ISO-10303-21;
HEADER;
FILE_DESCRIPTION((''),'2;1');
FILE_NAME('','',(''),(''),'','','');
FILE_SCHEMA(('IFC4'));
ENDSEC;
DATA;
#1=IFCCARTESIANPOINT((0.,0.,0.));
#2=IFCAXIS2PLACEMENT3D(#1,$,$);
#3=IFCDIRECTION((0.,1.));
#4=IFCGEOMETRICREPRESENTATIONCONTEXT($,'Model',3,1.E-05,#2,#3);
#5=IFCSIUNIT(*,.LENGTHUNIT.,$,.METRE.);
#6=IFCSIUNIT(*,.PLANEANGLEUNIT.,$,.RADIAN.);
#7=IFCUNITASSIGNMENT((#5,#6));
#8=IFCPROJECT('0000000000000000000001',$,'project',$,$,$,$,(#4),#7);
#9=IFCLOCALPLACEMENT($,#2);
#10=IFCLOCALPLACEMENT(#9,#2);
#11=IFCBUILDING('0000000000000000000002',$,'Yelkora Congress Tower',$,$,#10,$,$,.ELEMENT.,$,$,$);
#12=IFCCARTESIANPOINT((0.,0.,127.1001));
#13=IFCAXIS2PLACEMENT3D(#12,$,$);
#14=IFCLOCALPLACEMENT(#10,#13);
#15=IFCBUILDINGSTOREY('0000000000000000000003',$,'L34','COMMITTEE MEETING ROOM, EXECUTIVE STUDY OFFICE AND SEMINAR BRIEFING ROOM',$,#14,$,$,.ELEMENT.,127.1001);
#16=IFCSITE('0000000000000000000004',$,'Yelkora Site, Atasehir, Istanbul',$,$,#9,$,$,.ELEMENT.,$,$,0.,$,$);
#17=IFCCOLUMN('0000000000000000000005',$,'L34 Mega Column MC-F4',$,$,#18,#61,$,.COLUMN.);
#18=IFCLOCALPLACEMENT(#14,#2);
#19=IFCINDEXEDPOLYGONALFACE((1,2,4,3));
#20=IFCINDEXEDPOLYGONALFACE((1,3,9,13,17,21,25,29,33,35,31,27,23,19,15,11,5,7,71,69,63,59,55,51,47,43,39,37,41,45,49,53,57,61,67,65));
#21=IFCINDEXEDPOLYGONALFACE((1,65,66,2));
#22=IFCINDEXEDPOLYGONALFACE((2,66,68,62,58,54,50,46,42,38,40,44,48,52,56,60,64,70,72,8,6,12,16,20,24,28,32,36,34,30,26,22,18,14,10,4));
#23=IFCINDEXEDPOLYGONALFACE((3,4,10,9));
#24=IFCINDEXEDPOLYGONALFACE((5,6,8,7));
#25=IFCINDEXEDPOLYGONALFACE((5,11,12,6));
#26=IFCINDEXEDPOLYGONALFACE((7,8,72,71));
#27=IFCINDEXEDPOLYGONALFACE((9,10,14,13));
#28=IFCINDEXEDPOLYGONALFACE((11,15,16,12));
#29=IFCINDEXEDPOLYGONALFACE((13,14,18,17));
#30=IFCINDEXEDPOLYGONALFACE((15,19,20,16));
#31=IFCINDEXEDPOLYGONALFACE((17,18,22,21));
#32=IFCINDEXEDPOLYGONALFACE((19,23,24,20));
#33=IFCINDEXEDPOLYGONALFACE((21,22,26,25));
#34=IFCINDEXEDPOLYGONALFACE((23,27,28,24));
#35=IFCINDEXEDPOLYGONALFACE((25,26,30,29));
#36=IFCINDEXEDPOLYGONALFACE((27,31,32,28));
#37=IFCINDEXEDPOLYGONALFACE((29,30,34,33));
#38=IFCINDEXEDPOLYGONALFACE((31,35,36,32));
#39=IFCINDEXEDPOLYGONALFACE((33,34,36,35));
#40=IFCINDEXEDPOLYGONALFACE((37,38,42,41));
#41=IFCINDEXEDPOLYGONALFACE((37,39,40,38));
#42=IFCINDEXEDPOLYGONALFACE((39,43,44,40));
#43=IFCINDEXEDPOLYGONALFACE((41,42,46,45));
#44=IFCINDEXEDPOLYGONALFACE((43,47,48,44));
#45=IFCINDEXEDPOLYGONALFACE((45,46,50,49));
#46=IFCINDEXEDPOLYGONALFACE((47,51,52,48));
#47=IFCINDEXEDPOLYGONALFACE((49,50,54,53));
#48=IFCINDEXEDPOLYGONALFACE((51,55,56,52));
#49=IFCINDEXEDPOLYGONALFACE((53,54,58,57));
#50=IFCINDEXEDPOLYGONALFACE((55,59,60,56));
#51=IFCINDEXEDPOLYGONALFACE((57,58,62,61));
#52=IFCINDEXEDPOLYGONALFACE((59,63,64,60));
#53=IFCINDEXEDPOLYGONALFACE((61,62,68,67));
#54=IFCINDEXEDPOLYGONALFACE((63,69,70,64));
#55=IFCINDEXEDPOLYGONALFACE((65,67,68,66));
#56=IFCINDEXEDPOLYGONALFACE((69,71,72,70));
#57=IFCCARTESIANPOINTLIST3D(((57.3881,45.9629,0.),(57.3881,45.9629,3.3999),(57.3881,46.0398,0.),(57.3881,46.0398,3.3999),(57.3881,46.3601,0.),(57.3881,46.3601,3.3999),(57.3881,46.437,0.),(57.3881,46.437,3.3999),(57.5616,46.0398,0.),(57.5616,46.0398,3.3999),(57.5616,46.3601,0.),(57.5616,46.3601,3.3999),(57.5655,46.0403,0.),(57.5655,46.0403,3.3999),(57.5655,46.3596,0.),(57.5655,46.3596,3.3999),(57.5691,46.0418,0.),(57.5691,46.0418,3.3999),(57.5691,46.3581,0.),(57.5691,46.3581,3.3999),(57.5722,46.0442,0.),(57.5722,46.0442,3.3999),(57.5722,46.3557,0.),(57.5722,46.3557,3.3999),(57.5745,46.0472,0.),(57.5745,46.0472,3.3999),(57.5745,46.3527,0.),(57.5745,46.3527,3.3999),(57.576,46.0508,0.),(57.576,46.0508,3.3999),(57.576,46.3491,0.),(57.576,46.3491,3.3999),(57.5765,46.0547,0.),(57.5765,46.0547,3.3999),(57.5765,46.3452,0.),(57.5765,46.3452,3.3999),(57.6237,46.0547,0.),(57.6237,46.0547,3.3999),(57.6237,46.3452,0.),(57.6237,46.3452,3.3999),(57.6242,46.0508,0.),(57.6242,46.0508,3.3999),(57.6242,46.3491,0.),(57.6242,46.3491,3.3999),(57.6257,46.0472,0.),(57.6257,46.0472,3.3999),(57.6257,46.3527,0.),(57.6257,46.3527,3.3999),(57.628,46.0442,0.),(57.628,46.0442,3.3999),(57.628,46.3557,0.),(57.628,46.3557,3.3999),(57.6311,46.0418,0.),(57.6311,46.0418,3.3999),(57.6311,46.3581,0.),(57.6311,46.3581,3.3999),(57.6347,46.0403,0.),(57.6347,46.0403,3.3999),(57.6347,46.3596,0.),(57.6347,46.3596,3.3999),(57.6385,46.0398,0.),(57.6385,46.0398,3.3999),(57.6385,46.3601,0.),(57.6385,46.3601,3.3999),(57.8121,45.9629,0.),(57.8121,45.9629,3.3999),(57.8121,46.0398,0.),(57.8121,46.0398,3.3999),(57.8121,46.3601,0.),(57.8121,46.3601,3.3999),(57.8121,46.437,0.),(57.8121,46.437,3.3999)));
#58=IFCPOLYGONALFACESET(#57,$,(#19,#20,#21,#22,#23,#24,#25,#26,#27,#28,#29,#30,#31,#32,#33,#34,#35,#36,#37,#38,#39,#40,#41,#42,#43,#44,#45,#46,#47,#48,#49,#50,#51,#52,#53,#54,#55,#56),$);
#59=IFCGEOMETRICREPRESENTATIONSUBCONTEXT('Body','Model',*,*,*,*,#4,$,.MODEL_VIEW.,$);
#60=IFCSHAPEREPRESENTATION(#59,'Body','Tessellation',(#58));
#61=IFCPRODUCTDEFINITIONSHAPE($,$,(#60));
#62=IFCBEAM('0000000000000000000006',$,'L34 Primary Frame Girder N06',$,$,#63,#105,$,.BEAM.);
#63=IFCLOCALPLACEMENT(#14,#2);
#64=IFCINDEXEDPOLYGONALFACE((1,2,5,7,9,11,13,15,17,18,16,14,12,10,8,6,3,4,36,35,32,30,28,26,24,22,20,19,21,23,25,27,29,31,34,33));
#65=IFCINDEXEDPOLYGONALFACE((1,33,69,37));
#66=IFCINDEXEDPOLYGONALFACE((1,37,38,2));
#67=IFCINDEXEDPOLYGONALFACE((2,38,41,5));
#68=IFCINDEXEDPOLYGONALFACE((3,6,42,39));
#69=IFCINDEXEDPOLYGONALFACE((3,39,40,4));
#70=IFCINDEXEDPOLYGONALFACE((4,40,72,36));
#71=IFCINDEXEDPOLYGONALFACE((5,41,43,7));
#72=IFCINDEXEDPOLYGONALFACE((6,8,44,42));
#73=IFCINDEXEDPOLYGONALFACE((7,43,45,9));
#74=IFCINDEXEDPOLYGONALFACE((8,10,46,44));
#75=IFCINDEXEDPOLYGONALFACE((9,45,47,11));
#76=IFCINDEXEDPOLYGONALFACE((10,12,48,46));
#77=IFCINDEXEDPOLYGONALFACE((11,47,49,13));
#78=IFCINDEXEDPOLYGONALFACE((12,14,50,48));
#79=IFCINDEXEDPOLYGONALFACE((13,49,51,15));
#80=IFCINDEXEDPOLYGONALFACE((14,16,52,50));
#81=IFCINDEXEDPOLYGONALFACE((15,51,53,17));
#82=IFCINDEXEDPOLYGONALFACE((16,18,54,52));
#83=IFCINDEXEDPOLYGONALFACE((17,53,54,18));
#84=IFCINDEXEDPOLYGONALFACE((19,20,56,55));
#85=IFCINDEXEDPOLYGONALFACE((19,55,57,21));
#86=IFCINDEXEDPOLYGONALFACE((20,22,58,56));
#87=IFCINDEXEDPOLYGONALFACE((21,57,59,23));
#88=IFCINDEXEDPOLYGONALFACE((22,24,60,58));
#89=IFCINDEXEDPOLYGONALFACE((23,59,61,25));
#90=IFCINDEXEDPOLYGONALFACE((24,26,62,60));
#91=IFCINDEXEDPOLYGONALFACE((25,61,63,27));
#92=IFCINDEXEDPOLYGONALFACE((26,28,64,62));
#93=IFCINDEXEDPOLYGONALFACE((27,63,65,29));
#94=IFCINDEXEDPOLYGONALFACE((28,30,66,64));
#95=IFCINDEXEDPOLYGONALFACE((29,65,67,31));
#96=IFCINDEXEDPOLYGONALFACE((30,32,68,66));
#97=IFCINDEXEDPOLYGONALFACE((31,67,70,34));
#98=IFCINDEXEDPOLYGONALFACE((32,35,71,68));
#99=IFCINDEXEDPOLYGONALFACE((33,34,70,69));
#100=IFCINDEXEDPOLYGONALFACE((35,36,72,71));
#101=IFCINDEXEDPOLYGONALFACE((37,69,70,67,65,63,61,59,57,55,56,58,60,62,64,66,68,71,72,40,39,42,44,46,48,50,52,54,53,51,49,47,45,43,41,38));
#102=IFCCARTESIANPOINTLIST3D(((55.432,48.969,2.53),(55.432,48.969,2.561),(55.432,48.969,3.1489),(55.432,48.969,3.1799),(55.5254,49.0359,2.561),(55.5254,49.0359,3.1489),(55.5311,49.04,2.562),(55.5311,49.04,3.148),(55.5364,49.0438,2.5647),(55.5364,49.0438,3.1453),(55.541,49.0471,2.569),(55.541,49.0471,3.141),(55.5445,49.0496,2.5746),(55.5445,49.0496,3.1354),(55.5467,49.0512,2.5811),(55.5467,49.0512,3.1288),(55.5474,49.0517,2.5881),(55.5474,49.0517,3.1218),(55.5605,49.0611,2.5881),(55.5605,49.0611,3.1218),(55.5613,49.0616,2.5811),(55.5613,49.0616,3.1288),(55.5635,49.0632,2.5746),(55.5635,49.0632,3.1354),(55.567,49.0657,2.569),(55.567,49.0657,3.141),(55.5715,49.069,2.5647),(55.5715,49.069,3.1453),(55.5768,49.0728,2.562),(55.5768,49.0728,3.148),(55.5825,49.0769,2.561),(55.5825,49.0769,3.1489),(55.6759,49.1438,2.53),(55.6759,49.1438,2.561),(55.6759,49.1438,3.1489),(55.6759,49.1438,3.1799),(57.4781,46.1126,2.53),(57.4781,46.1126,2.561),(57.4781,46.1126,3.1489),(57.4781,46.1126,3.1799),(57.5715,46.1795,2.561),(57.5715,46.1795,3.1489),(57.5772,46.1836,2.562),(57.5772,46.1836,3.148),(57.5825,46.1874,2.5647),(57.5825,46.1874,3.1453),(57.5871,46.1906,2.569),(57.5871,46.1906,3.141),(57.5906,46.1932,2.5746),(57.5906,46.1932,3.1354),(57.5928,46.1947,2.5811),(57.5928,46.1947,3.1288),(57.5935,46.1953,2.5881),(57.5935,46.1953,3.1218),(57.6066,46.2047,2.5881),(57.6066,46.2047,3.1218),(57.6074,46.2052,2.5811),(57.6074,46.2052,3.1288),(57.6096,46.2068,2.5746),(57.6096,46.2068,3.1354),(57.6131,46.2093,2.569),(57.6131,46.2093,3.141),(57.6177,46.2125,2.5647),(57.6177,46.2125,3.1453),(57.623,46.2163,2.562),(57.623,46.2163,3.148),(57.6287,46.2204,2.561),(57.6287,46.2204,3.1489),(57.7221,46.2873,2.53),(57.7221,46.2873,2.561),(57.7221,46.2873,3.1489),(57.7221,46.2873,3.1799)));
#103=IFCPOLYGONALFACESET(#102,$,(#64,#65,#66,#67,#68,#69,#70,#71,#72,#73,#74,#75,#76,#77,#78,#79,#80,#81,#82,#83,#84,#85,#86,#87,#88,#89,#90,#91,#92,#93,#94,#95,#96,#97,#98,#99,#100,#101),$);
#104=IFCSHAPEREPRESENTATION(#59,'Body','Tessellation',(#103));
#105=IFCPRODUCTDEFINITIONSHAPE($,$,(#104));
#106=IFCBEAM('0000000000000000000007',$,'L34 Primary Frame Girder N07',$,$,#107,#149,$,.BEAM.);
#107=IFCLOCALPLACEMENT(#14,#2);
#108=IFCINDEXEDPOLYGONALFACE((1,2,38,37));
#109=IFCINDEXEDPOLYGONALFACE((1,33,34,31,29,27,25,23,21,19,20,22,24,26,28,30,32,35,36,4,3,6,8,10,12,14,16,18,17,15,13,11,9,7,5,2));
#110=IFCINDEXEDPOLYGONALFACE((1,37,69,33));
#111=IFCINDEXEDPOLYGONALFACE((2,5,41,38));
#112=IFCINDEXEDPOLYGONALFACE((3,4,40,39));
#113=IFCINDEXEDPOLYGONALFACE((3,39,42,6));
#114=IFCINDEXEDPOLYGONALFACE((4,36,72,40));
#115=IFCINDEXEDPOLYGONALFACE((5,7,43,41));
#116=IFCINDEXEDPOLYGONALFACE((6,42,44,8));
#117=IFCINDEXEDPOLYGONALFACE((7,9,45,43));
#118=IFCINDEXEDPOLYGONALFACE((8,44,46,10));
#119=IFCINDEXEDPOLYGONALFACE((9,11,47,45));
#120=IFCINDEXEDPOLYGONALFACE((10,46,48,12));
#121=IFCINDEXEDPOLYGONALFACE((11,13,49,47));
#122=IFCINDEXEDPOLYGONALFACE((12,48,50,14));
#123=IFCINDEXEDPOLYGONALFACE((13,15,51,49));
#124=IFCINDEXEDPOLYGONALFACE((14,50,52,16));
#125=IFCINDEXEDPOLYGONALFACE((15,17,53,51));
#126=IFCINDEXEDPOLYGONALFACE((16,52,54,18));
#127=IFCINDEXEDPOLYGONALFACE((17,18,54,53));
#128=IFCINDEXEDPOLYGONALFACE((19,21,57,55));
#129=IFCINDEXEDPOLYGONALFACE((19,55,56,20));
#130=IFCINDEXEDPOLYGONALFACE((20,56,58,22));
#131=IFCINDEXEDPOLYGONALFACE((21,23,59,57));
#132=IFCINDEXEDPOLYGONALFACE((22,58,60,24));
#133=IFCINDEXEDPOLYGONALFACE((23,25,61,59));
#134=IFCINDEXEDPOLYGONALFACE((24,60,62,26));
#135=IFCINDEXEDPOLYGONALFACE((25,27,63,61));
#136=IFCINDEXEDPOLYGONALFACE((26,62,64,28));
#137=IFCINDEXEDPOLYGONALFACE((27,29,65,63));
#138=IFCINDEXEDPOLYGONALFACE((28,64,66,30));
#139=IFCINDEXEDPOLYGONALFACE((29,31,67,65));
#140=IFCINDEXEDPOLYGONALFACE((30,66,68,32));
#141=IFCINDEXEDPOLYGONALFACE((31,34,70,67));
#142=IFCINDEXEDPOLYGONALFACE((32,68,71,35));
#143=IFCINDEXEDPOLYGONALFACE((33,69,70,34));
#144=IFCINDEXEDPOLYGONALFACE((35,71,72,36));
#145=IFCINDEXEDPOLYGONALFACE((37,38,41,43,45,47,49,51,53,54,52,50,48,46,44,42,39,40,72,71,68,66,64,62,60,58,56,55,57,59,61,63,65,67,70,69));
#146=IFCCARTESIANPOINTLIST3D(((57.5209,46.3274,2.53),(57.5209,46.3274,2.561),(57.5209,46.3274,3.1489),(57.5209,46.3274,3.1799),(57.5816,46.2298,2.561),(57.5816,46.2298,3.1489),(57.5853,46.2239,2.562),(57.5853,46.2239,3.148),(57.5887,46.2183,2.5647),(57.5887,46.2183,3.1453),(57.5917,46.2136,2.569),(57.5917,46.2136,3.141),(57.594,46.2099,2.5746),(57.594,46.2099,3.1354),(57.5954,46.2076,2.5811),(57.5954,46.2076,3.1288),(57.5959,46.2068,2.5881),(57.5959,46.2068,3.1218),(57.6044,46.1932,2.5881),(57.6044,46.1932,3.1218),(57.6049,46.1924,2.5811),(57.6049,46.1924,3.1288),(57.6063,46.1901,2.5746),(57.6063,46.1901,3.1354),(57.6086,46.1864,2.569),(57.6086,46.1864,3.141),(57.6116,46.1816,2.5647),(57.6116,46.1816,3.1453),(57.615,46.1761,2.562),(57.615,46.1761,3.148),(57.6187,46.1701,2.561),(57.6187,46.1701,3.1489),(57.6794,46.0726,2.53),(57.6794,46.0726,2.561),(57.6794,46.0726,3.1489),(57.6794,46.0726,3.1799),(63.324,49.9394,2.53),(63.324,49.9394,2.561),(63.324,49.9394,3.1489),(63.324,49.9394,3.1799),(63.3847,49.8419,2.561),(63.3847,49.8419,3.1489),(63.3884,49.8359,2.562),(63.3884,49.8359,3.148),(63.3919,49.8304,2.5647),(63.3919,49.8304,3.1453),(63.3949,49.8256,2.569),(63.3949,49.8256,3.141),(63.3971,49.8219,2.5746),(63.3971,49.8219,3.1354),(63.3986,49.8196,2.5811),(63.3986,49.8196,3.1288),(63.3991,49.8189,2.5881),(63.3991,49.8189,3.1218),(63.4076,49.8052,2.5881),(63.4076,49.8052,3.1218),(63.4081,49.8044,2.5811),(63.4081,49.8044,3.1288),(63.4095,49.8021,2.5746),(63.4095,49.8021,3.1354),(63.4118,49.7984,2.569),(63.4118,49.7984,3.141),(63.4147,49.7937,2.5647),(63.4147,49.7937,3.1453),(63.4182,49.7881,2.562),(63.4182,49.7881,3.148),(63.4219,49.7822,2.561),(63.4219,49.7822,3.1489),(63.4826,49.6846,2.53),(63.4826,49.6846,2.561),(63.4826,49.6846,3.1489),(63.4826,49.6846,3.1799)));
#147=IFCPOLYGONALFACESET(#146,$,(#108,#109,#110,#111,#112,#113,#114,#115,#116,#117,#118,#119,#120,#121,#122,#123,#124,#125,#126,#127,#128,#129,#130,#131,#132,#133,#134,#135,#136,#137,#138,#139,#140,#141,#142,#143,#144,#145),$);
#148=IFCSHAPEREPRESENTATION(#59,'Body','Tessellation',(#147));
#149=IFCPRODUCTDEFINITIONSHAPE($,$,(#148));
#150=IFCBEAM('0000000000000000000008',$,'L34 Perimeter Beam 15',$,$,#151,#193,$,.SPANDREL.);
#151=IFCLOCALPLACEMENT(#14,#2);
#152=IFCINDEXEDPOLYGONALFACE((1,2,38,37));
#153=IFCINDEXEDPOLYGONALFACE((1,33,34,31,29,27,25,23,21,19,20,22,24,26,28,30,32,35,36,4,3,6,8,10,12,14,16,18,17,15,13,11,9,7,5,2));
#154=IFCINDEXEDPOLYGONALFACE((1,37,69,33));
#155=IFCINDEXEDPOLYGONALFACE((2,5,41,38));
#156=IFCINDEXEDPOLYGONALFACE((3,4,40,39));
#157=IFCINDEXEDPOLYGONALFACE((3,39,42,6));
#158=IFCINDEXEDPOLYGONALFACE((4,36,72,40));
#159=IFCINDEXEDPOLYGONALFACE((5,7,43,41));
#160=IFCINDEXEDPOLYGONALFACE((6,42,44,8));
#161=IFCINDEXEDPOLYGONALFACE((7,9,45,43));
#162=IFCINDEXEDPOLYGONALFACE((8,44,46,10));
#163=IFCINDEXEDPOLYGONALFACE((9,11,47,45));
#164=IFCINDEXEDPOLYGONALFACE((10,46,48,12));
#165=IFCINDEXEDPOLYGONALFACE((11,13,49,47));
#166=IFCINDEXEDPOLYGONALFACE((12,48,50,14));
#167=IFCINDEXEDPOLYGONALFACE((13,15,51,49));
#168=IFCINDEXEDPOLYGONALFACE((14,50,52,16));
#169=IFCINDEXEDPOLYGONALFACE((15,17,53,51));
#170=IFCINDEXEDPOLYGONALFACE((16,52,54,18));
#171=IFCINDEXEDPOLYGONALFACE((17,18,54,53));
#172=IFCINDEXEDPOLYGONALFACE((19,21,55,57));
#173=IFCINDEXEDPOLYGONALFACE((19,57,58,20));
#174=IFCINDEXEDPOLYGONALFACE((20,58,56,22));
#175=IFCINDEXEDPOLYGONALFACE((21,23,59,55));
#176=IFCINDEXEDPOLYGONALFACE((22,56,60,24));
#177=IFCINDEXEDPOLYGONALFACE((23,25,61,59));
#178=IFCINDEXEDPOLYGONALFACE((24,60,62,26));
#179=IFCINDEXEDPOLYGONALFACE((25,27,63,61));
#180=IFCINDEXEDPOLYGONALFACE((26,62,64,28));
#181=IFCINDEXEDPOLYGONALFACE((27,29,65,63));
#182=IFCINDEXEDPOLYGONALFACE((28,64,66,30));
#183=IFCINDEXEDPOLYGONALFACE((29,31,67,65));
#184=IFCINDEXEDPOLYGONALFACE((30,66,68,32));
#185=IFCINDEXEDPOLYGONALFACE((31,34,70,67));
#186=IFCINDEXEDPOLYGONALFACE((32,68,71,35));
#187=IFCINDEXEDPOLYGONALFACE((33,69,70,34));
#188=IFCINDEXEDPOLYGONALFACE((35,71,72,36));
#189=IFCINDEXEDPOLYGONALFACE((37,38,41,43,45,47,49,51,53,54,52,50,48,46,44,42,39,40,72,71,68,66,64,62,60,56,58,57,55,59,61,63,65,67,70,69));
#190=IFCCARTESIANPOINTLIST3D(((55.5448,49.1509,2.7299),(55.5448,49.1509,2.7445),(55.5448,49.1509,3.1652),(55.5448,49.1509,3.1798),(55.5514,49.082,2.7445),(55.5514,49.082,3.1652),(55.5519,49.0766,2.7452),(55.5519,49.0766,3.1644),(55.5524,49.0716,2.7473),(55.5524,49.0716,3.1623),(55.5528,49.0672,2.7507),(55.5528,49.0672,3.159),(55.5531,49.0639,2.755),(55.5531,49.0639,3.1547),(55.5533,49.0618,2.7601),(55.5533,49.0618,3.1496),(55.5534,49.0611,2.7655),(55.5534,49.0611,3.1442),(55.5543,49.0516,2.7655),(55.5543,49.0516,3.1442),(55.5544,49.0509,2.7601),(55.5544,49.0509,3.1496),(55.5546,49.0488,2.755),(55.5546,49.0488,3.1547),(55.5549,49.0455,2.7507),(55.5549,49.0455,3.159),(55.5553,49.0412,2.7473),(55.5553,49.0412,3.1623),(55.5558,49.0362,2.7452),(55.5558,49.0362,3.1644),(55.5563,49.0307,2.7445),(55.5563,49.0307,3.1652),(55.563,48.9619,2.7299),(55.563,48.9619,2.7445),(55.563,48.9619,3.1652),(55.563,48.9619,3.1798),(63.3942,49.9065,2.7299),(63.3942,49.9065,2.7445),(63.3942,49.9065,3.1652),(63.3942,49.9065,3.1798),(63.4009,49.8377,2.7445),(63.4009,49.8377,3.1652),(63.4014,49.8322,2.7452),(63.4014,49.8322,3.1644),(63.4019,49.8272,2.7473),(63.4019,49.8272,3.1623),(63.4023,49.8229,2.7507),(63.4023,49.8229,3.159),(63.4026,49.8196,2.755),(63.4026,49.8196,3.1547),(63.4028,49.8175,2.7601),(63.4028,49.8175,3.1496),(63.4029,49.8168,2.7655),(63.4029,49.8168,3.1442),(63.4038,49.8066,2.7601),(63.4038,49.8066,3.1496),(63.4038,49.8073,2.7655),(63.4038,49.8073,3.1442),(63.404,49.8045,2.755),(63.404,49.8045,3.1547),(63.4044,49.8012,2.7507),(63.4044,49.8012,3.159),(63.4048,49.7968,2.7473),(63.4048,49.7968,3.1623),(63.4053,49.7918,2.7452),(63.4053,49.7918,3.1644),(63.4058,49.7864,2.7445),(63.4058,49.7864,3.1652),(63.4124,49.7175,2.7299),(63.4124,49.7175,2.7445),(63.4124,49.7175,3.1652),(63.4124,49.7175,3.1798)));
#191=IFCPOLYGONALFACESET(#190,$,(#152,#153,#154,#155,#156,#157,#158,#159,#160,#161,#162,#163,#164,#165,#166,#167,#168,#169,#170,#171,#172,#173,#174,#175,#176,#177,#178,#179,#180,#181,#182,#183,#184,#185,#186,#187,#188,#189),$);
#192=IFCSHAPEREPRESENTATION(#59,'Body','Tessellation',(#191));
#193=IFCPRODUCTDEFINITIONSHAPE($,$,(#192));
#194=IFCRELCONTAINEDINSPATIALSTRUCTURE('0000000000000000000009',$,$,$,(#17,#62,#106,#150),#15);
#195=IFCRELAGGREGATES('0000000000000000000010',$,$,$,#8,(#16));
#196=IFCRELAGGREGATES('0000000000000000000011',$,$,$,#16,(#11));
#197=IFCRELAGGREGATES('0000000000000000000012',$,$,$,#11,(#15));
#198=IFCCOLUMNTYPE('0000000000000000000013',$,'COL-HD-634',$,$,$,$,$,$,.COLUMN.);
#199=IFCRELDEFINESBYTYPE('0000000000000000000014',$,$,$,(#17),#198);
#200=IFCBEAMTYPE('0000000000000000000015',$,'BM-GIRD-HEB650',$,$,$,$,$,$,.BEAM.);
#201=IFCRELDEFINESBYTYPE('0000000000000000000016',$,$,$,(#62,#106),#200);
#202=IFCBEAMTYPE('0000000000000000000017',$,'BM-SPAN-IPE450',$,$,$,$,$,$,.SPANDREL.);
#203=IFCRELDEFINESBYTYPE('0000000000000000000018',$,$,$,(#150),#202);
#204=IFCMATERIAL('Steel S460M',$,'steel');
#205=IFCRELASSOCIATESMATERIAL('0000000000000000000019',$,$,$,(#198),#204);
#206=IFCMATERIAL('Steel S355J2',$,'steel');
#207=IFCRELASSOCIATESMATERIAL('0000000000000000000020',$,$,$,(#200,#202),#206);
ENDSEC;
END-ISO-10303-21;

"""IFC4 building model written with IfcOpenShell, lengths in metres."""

from ifc_helpers import new_model, si_unit, direction, frame, origin, origin_2d, place, context, subcontext, project, spatial, i_section, extrude, material, material_profile, profile_set, type_object, element, save


model = new_model("IFC4")

# Units and contexts
model_context = context("Model", 3, precision=1e-05, world=origin(), true_north=direction((0.0, 1.0)))
body_context = subcontext(model_context, "Body", "Model", "MODEL_VIEW")
ifc_project = project(units=[si_unit("LENGTHUNIT", "METRE"), si_unit("PLANEANGLEUNIT", "RADIAN")], contexts=[model_context])

# Site, building, storey
site_placement = place(None, origin())
site = spatial("IfcSite", under=ifc_project, at=site_placement, Name="Yelkora Site, Atasehir, Istanbul", CompositionType="ELEMENT", RefElevation=0.0)
building_placement = place(site_placement, origin())
building = spatial("IfcBuilding", under=site, at=building_placement, Name="Yelkora Congress Tower", CompositionType="ELEMENT")
storey_placement = place(building_placement, frame((0.0, 0.0, 127.1001)))
storey = spatial("IfcBuildingStorey", under=building, at=storey_placement, Name="L34", Description="COMMITTEE MEETING ROOM, EXECUTIVE STUDY OFFICE AND SEMINAR BRIEFING ROOM", CompositionType="ELEMENT", Elevation=127.1001)

# Column
ifc_material_1 = material(Name="Steel S460M", Category="steel")
ifc_material_profile_1 = material_profile(ifc_material_1, i_section(OverallWidth=0.4241, OverallDepth=0.4741, WebThickness=0.0471, FlangeThickness=0.0769, FilletRadius=0.0149, at=origin_2d()), Name="HD 400x634")
ifc_profile_set_1 = profile_set([ifc_material_profile_1], Name="Steel S460M")
column_type_1 = type_object("IfcColumnType", Name="COL-HD-634", PredefinedType="COLUMN", material=ifc_profile_set_1)
for number, where, z_axis, x_axis, name in (
    (1, (57.6001, 46.2, 0.0), (0.0, 0.0, 1.0), (1.0, 0.0, 0.0), "L34 Mega Column MC-F4"),
):
    element("IfcColumn", number, at=place(storey_placement, frame(where, z_axis=z_axis, x_axis=x_axis)), inside=storey, type_object=column_type_1, Name=name, PredefinedType="COLUMN", context=body_context, shape_type="SweptSolid", body=[
        extrude(i_section(OverallWidth=0.4241, OverallDepth=0.4741, WebThickness=0.0471, FlangeThickness=0.0769, FilletRadius=0.0149, at=origin_2d()), origin(), (0.0, 0.0, 1.0), 3.3999),
    ])

# Beams
ifc_material_2 = material(Name="Steel S355J2", Category="steel")
ifc_material_profile_2 = material_profile(ifc_material_2, i_section(OverallWidth=0.3, OverallDepth=0.6499, WebThickness=0.0161, FlangeThickness=0.031, FilletRadius=0.0271, at=origin_2d()), Name="HEB 650")
ifc_profile_set_2 = profile_set([ifc_material_profile_2], Name="Steel S355J2")
beam_type_1 = type_object("IfcBeamType", Name="BM-GIRD-HEB650", PredefinedType="BEAM", material=ifc_profile_set_2)
beam_1_placement = place(storey_placement, frame((55.554, 49.0564, 2.855), z_axis=(0.582335, -0.812949, 0.0), x_axis=(0.812949, 0.582335, 0.0)))
element("IfcBeam", 2, at=beam_1_placement, inside=storey, type_object=beam_type_1, Name="L34 Primary Frame Girder N06", PredefinedType="BEAM", context=body_context, shape_type="SweptSolid", body=[
    extrude(i_section(OverallWidth=0.3, OverallDepth=0.6499, WebThickness=0.0161, FlangeThickness=0.031, FilletRadius=0.0271, at=origin_2d()), origin(), (0.0, 0.0, 1.0), 3.5137),
])
beam_2_placement = place(storey_placement, frame((63.4033, 49.812, 2.855), z_axis=(-0.84898, -0.528425, 0.0), x_axis=(0.528425, -0.84898, 0.0)))
element("IfcBeam", 3, at=beam_2_placement, inside=storey, type_object=beam_type_1, Name="L34 Primary Frame Girder N07", PredefinedType="BEAM", context=body_context, shape_type="SweptSolid", body=[
    extrude(i_section(OverallWidth=0.3, OverallDepth=0.6499, WebThickness=0.0161, FlangeThickness=0.031, FilletRadius=0.0271, at=origin_2d()), origin(), (0.0, 0.0, 1.0), 6.8354),
])
ifc_material_profile_3 = material_profile(ifc_material_2, i_section(OverallWidth=0.1899, OverallDepth=0.45, WebThickness=0.0095, FlangeThickness=0.0146, FilletRadius=0.021, at=origin_2d()), Name="IPE 450")
ifc_profile_set_3 = profile_set([ifc_material_profile_3], Name="Steel S355J2")
beam_type_2 = type_object("IfcBeamType", Name="BM-SPAN-IPE450", PredefinedType="SPANDREL", material=ifc_profile_set_3)
for number, where, z_axis, x_axis, name in (
    (4, (63.4033, 49.812, 2.9548), (-0.995399, -0.095822, 0.0), (0.095822, -0.995399, 0.0), "L34 Perimeter Beam 15"),
):
    element("IfcBeam", number, at=place(storey_placement, frame(where, z_axis=z_axis, x_axis=x_axis)), inside=storey, type_object=beam_type_2, Name=name, PredefinedType="SPANDREL", context=body_context, shape_type="SweptSolid", body=[
        extrude(i_section(OverallWidth=0.1899, OverallDepth=0.45, WebThickness=0.0095, FlangeThickness=0.0146, FilletRadius=0.021, at=origin_2d()), origin(), (0.0, 0.0, 1.0), 7.8857),
    ])

save(model, "model.ifc")
